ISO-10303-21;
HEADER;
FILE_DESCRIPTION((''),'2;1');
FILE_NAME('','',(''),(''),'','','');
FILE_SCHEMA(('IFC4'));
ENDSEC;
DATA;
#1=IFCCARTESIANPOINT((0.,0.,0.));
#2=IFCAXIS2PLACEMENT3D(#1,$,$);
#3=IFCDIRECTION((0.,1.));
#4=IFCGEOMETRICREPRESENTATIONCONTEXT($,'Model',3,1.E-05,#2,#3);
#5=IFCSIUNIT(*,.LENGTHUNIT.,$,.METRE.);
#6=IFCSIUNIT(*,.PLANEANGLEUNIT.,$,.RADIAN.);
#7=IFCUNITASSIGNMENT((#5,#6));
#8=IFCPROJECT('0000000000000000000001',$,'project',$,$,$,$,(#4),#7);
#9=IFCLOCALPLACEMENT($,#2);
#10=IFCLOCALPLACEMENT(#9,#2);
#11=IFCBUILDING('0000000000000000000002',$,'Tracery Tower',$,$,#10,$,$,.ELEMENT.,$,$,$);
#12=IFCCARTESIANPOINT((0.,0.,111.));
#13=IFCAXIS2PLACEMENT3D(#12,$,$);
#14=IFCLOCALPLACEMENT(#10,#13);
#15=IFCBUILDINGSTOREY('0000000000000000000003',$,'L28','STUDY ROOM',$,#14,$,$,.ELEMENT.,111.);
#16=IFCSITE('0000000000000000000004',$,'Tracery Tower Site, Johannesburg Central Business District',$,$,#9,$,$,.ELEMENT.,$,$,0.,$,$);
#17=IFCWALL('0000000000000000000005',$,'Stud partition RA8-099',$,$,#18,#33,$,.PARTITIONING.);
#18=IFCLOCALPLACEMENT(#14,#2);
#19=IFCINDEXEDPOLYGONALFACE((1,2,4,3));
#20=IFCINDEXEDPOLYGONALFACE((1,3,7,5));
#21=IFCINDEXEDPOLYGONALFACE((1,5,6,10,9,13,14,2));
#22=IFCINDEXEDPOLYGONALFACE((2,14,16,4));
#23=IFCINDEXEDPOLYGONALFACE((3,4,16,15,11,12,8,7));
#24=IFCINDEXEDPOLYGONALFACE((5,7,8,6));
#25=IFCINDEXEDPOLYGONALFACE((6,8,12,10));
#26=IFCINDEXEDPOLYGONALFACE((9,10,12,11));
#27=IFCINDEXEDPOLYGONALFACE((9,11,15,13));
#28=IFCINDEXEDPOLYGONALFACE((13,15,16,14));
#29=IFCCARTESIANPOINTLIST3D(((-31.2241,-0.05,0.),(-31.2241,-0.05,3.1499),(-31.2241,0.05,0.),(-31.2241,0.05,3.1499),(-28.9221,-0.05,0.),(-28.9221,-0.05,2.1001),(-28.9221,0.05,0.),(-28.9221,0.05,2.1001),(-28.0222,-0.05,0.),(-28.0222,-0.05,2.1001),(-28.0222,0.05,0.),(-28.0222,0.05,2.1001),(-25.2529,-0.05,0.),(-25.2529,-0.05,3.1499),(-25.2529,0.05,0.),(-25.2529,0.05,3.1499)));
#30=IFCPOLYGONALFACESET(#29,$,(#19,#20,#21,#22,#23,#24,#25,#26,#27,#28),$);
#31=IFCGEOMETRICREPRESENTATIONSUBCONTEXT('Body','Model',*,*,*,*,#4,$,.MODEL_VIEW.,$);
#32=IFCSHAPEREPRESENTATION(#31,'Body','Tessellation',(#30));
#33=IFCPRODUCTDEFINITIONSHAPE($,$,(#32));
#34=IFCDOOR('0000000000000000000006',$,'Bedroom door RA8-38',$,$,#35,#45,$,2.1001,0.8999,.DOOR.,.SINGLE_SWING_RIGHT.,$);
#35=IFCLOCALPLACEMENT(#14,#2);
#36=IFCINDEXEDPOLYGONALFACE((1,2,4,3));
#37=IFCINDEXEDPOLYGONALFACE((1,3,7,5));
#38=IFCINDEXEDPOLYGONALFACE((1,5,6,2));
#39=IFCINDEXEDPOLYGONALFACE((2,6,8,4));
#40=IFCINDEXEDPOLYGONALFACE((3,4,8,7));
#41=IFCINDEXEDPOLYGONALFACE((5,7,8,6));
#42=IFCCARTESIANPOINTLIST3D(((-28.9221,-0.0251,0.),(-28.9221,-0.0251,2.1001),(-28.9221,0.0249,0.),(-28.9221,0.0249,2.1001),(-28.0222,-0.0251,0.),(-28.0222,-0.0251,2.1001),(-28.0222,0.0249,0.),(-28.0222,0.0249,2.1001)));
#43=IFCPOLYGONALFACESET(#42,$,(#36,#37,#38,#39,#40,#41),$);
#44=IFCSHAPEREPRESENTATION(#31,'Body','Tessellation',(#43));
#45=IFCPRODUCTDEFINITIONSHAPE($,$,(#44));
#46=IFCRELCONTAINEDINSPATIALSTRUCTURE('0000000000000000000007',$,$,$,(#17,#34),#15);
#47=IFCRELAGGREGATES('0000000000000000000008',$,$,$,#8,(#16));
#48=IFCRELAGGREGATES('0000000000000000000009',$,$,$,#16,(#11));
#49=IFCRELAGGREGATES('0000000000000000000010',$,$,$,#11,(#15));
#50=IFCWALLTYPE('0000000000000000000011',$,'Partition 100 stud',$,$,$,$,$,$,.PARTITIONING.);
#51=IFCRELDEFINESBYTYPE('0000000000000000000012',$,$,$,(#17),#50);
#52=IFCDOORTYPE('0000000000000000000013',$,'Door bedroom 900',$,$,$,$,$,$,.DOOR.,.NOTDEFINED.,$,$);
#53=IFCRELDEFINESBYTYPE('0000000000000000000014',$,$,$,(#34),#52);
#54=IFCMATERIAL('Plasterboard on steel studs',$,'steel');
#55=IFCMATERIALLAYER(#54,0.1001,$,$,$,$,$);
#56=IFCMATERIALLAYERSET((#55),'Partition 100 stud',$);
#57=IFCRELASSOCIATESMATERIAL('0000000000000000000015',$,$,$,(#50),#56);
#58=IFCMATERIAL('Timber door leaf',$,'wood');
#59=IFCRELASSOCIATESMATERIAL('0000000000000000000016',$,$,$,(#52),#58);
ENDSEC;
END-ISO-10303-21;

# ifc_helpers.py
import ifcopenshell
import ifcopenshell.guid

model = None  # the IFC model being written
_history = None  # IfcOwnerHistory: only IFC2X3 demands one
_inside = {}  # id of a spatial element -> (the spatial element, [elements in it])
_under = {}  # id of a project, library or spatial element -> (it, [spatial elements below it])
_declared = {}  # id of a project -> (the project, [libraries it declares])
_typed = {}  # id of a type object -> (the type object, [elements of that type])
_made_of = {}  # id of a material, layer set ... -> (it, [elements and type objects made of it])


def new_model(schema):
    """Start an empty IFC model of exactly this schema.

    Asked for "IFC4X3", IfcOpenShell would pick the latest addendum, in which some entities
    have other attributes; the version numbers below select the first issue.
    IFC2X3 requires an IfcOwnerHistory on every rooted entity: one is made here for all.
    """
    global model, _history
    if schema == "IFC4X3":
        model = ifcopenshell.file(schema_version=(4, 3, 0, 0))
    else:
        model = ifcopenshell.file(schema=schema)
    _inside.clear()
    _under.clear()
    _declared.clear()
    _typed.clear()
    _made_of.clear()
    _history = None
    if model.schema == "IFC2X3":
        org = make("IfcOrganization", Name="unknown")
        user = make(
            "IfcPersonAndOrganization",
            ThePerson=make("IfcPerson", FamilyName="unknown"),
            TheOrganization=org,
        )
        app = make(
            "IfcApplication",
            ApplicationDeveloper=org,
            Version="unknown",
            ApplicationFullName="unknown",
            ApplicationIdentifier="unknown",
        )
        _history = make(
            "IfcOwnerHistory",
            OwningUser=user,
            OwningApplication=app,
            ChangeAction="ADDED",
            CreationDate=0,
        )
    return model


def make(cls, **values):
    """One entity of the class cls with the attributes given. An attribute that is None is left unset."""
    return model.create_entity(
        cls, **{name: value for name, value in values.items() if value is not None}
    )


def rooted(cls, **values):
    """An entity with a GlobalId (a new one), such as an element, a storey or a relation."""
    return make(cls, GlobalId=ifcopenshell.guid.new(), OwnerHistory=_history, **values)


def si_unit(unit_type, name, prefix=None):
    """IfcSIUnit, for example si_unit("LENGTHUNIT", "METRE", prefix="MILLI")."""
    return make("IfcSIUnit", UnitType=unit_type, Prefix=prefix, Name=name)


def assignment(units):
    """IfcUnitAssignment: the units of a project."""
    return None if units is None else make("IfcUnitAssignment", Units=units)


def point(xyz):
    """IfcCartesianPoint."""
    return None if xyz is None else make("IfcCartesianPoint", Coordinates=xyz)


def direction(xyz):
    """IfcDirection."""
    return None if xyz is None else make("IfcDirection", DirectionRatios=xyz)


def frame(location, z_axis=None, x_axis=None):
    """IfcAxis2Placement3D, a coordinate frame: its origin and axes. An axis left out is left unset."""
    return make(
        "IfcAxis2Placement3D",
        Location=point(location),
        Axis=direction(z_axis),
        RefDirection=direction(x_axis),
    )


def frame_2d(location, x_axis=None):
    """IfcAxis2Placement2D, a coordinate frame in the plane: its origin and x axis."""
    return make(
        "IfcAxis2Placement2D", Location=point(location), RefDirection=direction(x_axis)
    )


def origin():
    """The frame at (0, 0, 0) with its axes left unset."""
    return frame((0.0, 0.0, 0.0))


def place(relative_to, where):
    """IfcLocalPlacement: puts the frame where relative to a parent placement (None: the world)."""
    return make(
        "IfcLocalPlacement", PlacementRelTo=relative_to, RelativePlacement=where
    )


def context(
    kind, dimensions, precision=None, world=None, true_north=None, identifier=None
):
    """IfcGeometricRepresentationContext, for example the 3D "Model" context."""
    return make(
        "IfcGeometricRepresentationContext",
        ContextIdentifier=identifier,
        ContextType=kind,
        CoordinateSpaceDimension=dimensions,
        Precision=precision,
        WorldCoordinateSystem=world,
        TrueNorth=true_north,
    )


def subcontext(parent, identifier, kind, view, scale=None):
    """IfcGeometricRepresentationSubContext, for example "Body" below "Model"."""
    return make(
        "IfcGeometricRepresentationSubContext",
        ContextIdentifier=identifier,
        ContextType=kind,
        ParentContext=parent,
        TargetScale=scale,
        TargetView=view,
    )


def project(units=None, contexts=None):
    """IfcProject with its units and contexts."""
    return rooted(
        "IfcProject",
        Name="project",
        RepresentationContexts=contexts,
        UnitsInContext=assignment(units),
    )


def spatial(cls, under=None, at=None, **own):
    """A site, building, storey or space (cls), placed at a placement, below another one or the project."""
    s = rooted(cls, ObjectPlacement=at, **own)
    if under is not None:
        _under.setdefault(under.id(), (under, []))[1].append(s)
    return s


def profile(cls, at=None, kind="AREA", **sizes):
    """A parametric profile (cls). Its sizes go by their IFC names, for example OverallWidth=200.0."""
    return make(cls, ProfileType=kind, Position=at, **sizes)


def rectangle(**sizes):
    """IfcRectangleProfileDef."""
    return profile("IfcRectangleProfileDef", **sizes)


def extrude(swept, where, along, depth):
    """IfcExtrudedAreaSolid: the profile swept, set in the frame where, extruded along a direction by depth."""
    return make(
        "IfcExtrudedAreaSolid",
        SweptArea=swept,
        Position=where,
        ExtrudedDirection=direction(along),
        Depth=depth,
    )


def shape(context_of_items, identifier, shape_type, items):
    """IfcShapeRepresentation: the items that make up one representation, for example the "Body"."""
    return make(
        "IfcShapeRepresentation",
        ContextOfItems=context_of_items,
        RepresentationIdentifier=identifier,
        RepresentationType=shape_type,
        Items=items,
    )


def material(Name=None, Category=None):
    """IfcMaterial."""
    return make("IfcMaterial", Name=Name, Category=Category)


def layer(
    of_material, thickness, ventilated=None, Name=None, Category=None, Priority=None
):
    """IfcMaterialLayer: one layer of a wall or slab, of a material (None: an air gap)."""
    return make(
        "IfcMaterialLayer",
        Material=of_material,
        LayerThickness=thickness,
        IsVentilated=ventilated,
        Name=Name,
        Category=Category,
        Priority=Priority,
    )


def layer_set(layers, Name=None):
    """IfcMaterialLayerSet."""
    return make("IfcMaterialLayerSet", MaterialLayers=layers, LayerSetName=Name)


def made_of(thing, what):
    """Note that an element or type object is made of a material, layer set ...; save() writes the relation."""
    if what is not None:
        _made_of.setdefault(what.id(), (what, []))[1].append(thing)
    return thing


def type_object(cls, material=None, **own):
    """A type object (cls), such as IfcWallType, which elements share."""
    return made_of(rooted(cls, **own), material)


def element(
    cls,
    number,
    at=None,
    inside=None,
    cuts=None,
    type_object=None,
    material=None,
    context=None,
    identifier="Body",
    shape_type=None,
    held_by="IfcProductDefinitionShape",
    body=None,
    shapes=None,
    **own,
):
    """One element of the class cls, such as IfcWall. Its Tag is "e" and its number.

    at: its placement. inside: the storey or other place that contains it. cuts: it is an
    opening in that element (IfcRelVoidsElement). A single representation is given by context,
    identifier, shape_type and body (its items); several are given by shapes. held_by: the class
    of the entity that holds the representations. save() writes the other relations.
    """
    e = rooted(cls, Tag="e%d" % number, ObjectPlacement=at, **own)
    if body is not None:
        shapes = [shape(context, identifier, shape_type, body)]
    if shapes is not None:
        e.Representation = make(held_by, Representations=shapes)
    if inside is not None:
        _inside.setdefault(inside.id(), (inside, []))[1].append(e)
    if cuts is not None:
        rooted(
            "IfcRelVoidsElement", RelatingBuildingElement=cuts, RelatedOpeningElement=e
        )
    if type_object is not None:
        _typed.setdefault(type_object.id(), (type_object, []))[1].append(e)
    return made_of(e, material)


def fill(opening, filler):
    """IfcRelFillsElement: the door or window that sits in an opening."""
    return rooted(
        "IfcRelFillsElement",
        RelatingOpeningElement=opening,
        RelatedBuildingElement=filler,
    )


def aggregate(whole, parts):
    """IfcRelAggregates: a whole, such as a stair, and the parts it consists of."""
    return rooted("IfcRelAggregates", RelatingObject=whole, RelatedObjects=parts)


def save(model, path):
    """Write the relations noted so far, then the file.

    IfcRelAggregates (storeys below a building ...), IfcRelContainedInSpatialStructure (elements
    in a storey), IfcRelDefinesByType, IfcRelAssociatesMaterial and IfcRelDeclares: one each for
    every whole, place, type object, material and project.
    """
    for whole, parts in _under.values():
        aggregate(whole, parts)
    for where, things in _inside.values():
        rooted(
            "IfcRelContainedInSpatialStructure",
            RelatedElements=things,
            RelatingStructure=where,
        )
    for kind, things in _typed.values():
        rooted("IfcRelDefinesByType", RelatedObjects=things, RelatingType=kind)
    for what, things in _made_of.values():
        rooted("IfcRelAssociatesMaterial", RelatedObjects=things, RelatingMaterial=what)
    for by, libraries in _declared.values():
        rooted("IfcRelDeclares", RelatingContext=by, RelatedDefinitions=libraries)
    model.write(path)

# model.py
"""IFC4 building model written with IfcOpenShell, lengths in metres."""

from ifc_helpers import new_model, si_unit, direction, frame, frame_2d, origin, place, context, subcontext, project, spatial, rectangle, extrude, material, layer, layer_set, type_object, element, fill, save


model = new_model("IFC4")

# Units and contexts
model_context = context("Model", 3, precision=1e-05, world=origin(), true_north=direction((0.0, 1.0)))
body_context = subcontext(model_context, "Body", "Model", "MODEL_VIEW")
ifc_project = project(units=[si_unit("LENGTHUNIT", "METRE"), si_unit("PLANEANGLEUNIT", "RADIAN")], contexts=[model_context])

# Site, building, storey
site_placement = place(None, origin())
site = spatial("IfcSite", under=ifc_project, at=site_placement, Name="Tracery Tower Site, Johannesburg Central Business District", CompositionType="ELEMENT", RefElevation=0.0)
building_placement = place(site_placement, origin())
building = spatial("IfcBuilding", under=site, at=building_placement, Name="Tracery Tower", CompositionType="ELEMENT")
storey_placement = place(building_placement, frame((0.0, 0.0, 111.0)))
storey = spatial("IfcBuildingStorey", under=building, at=storey_placement, Name="L28", Description="STUDY ROOM", CompositionType="ELEMENT", Elevation=111.0)

# Shared definitions
ifc_material_1 = material(Name="Plasterboard on steel studs", Category="steel")
ifc_layer_1 = layer(ifc_material_1, 0.1001)
ifc_layer_set_1 = layer_set([ifc_layer_1], Name="Partition 100 stud")
wall_type_1 = type_object("IfcWallType", Name="Partition 100 stud", PredefinedType="PARTITIONING", material=ifc_layer_set_1)

# Wall, opening, door
wall_1_placement = place(storey_placement, frame((-31.2241, 0.0, 0.0), z_axis=(0.0, 0.0, 1.0), x_axis=(1.0, 0.0, 0.0)))
wall_1 = element("IfcWall", 1, at=wall_1_placement, inside=storey, type_object=wall_type_1, Name="Stud partition RA8-099", PredefinedType="PARTITIONING", context=body_context, shape_type="SweptSolid", body=[
    extrude(rectangle(XDim=5.9712, YDim=0.1001, at=frame_2d((2.9856, 0.0))), origin(), (0.0, 0.0, 1.0), 3.1499),
])
opening_1_placement = place(wall_1_placement, frame((2.302, 0.0, 0.0)))
opening_1 = element("IfcOpeningElement", 2, at=opening_1_placement, cuts=wall_1, PredefinedType="OPENING", context=body_context, shape_type="SweptSolid", body=[
    extrude(rectangle(XDim=0.8999, YDim=2.1001, at=frame_2d((0.45, 1.05))), frame((0.0, 0.05, 0.0), z_axis=(0.0, -1.0, 0.0), x_axis=(1.0, 0.0, 0.0)), (0.0, 0.0, 1.0), 0.1001),
])
ifc_material_2 = material(Name="Timber door leaf", Category="wood")
door_type_1 = type_object("IfcDoorType", Name="Door bedroom 900", OperationType="NOTDEFINED", PredefinedType="DOOR", material=ifc_material_2)
door_1_placement = place(opening_1_placement, origin())
door_1 = element("IfcDoor", 3, at=door_1_placement, inside=storey, type_object=door_type_1, Name="Bedroom door RA8-38", OperationType="SINGLE_SWING_RIGHT", OverallHeight=2.1001, OverallWidth=0.8999, PredefinedType="DOOR", context=body_context, shape_type="SweptSolid", body=[
    extrude(rectangle(XDim=0.8999, YDim=2.1001, at=frame_2d((0.45, 1.05))), frame((0.0, 0.0249, 0.0), z_axis=(0.0, -1.0, 0.0), x_axis=(1.0, 0.0, 0.0)), (0.0, 0.0, 1.0), 0.05),
])
fill(opening_1, door_1)

save(model, "model.ifc")
